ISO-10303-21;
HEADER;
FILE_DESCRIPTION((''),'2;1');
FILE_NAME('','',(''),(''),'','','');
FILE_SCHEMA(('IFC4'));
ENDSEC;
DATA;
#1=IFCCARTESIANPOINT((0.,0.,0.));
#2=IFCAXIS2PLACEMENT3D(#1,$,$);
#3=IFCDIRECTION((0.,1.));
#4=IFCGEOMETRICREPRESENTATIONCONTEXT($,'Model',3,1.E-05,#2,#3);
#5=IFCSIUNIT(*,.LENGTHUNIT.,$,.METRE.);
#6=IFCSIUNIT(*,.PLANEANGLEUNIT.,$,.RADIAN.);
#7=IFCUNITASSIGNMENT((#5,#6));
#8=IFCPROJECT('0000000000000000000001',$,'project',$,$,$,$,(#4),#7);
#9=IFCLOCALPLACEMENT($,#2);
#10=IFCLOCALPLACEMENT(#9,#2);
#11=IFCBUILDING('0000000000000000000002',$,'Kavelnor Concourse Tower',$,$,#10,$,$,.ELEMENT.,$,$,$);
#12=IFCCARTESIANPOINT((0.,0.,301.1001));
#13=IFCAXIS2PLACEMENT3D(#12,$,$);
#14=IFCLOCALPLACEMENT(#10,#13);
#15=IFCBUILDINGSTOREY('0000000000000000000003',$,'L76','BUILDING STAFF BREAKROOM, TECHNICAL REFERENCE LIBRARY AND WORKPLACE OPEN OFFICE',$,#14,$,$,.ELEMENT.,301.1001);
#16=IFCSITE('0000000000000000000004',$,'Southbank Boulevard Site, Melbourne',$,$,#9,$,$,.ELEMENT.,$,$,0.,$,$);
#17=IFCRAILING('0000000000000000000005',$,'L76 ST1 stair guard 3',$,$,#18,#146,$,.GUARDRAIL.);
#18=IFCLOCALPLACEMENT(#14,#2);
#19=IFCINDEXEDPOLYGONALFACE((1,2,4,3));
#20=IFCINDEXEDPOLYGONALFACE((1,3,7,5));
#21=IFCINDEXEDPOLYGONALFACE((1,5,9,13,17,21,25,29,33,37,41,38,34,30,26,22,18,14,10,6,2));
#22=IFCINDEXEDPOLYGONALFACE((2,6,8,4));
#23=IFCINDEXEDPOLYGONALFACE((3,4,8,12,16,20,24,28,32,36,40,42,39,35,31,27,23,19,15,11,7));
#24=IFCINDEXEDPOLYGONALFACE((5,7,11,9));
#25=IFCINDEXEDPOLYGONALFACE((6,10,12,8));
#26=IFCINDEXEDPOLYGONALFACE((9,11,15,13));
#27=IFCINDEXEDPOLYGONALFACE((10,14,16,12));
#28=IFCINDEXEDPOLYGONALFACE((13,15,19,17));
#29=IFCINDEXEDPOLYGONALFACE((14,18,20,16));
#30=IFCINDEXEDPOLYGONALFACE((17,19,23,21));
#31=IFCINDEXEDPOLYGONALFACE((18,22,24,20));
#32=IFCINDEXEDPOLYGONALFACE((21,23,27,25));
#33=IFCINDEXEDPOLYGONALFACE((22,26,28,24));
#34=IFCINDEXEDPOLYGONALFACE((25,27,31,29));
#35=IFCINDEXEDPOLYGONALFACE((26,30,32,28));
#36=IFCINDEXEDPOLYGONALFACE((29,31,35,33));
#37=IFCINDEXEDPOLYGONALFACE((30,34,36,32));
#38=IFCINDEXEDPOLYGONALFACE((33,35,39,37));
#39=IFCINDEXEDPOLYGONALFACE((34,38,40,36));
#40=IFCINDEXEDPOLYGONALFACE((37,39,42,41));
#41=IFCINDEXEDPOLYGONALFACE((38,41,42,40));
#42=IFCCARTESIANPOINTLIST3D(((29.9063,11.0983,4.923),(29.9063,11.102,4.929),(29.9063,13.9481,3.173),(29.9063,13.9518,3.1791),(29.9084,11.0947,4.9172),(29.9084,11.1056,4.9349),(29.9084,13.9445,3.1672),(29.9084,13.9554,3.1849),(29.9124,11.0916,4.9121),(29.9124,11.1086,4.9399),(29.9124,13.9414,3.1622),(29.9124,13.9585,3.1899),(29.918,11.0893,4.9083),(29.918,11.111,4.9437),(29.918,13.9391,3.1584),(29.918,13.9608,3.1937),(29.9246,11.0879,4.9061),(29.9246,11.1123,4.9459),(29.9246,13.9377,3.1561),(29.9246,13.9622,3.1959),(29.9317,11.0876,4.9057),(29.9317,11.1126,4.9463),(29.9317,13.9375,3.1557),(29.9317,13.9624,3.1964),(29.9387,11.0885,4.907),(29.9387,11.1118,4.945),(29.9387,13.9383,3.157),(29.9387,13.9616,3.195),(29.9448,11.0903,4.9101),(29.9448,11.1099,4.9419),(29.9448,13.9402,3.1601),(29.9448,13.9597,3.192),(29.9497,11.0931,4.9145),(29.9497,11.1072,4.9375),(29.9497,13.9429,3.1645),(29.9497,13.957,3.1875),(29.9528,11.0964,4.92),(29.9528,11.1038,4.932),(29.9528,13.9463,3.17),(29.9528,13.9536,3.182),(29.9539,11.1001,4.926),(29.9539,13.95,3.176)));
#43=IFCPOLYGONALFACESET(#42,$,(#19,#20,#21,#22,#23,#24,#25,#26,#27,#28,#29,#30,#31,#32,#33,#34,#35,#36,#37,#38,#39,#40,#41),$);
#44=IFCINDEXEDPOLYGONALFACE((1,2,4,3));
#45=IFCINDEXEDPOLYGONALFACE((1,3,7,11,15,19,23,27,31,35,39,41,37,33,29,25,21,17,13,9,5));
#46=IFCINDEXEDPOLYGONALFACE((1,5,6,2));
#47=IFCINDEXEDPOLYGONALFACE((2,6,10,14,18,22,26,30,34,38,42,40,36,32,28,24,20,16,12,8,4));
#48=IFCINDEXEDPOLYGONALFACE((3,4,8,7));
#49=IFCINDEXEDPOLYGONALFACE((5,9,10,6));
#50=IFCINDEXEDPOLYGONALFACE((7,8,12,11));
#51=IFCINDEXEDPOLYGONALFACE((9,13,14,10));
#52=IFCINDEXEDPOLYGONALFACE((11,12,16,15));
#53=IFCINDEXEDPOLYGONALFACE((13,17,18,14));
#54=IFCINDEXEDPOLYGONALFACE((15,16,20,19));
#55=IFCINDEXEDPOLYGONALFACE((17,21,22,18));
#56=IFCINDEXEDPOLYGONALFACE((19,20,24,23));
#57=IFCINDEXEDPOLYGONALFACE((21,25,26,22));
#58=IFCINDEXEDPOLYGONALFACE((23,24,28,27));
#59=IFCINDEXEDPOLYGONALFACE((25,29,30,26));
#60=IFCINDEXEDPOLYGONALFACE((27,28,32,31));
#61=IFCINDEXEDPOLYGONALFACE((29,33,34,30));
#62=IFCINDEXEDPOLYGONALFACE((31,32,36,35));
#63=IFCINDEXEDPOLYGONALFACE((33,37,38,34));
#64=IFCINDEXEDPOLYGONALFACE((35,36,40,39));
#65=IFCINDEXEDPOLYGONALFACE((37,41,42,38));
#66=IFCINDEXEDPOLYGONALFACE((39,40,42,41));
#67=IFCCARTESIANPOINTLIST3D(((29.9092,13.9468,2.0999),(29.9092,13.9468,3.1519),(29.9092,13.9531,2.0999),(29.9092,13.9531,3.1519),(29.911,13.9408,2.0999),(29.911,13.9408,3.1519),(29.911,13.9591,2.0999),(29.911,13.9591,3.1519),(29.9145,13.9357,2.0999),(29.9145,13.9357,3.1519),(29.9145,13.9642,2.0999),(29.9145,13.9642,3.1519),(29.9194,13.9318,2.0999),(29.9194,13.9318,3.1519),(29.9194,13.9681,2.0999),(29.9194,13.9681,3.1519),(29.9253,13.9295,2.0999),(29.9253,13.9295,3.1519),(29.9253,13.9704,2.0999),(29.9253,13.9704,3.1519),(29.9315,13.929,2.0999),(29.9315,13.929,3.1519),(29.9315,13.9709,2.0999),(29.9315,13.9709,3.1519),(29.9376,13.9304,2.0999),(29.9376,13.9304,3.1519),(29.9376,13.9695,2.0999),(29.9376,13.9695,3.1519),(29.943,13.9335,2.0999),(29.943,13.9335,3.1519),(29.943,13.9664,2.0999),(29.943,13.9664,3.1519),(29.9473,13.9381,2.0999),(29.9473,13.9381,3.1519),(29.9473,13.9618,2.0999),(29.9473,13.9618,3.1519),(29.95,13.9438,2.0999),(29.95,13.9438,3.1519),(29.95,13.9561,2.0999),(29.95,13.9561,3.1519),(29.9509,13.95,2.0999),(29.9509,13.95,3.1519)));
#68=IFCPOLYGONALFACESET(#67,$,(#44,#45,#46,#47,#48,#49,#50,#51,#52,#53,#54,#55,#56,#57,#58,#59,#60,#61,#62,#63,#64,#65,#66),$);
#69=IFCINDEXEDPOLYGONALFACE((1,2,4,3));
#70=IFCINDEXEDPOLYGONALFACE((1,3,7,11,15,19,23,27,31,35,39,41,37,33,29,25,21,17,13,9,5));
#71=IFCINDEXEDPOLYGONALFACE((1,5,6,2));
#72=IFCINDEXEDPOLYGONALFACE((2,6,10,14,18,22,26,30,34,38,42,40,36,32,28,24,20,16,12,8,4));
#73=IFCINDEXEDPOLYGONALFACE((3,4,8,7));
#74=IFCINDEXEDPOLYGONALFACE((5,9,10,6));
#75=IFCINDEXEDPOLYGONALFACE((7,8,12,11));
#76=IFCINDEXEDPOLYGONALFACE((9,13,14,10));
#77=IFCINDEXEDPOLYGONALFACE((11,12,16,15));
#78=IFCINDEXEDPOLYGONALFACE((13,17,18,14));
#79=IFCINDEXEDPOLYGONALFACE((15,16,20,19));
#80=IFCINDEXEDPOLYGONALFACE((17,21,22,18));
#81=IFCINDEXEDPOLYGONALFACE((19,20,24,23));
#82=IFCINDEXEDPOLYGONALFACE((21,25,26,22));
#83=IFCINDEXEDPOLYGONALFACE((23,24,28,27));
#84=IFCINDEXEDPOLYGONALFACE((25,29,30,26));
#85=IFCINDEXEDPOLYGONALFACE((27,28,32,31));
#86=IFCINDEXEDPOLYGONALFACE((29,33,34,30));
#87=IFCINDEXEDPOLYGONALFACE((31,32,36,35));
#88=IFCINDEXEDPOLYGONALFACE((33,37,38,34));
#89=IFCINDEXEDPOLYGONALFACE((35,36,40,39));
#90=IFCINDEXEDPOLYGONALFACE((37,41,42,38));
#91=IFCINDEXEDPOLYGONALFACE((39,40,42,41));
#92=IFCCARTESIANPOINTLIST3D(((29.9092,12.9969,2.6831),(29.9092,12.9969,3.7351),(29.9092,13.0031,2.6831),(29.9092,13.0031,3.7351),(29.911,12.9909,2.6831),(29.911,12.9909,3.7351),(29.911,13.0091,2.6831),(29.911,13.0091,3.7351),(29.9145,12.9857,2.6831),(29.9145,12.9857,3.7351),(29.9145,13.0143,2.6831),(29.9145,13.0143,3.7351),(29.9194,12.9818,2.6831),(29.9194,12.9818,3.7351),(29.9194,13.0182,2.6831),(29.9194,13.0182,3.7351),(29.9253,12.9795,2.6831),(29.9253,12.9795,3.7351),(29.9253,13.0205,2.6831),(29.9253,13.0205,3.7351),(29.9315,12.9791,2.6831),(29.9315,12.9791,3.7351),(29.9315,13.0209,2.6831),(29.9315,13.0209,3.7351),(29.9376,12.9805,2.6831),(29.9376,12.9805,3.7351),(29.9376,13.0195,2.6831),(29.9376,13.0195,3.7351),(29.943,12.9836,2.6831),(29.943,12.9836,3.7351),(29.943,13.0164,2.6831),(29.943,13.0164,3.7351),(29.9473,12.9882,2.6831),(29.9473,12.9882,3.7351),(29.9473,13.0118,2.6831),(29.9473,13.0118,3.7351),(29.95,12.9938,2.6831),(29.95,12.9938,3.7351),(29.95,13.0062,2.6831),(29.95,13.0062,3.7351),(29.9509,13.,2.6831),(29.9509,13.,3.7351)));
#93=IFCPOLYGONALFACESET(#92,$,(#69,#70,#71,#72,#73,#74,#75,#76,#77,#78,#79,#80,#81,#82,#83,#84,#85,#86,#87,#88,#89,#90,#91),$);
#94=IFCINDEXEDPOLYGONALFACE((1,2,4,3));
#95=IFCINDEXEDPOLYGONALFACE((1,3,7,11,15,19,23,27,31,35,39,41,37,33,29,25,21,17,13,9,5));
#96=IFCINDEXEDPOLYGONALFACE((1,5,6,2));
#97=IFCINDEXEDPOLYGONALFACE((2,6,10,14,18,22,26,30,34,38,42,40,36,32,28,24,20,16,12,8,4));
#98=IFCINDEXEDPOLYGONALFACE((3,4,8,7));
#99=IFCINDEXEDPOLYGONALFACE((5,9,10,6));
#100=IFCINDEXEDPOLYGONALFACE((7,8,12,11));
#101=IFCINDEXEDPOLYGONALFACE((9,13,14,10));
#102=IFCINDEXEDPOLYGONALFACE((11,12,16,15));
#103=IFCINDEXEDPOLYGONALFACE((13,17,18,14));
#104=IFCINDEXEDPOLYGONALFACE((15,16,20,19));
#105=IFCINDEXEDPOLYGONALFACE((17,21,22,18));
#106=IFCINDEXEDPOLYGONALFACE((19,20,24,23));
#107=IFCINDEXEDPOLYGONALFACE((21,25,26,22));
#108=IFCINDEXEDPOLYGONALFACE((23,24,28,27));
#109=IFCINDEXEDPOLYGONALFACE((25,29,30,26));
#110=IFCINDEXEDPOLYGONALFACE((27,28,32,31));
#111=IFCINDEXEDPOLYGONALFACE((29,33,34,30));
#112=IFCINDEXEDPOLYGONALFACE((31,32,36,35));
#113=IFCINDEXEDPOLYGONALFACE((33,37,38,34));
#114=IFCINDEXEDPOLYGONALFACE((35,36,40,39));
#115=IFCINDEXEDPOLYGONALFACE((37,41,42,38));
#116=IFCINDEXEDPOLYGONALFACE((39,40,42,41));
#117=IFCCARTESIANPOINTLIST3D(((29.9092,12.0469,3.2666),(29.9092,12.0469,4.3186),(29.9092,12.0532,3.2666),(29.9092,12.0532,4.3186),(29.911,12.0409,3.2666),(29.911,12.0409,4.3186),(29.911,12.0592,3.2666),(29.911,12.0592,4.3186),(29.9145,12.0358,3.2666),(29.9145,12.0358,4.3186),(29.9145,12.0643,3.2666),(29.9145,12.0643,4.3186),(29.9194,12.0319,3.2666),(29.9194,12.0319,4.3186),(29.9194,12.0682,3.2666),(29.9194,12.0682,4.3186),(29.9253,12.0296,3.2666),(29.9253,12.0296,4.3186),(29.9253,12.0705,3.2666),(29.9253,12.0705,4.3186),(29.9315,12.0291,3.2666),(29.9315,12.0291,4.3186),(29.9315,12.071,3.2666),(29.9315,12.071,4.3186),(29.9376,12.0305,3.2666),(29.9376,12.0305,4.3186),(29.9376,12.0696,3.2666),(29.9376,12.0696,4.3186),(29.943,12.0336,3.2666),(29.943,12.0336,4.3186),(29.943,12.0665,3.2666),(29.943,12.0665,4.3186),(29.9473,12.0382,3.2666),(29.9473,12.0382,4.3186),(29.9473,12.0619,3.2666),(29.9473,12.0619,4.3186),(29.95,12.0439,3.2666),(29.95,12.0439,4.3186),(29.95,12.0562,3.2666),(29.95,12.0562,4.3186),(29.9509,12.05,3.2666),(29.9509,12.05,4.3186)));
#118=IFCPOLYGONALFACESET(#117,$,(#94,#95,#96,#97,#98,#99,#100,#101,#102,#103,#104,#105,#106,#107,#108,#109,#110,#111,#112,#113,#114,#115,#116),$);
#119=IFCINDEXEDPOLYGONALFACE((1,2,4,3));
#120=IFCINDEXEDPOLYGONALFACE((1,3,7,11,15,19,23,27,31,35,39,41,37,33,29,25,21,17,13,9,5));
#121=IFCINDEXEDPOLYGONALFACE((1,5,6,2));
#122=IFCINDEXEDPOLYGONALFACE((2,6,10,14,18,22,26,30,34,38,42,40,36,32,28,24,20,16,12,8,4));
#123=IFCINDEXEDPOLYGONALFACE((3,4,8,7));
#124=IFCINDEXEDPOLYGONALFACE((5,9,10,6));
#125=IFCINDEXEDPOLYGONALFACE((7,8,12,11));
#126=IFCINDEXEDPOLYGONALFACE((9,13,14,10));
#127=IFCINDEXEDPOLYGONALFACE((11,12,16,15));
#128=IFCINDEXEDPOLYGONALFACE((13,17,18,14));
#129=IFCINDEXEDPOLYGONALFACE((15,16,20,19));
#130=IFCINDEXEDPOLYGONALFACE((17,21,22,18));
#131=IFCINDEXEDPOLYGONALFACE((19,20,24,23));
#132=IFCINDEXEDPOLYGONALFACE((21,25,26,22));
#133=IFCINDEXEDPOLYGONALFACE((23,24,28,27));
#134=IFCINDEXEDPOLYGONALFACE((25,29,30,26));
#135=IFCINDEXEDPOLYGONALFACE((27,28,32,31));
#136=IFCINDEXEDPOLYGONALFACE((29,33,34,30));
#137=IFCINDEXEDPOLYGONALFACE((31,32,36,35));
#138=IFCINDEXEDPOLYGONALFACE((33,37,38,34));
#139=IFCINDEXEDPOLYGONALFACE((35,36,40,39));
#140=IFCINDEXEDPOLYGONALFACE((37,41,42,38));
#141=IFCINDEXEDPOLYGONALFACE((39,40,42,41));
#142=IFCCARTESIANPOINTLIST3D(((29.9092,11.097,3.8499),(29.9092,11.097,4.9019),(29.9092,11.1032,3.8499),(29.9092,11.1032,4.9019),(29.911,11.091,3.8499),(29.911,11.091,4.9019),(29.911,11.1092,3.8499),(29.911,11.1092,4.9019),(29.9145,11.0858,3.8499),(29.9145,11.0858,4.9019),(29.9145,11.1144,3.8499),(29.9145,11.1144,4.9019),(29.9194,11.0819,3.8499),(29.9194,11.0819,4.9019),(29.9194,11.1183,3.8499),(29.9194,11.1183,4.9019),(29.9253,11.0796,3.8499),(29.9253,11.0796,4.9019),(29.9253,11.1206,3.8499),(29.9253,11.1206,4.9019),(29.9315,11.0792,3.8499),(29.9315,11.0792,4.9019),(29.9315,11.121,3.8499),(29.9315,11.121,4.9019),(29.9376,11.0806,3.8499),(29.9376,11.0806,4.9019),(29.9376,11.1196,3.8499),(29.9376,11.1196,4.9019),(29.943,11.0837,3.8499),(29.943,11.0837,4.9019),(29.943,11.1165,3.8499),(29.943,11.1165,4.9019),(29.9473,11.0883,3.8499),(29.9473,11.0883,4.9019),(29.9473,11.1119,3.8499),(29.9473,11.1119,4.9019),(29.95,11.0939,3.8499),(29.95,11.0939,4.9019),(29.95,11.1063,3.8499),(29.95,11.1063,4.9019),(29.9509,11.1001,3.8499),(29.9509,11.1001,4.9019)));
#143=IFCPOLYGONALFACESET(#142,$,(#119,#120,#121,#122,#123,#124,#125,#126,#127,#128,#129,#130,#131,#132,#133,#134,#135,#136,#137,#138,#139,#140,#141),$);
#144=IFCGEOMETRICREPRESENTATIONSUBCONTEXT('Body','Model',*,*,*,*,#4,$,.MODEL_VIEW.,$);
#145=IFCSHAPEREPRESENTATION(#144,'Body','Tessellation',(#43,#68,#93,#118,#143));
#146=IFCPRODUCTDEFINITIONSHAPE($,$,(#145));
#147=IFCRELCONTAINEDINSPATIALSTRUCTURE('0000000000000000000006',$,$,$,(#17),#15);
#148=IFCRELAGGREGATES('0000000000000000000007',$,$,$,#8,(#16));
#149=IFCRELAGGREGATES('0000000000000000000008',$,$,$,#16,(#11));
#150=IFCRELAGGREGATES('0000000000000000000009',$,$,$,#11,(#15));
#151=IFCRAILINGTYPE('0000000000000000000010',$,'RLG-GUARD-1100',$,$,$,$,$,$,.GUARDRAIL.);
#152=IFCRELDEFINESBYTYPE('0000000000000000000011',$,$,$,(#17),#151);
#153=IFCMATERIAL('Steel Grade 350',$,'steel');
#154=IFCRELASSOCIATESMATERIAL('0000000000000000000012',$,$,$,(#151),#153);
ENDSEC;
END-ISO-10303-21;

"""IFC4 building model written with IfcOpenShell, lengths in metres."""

from ifc_helpers import new_model, si_unit, direction, frame, origin, origin_2d, place, context, subcontext, project, spatial, circle, extrude, material, type_object, element, save


model = new_model("IFC4")

# Units and contexts
model_context = context("Model", 3, precision=1e-05, world=origin(), true_north=direction((0.0, 1.0)))
body_context = subcontext(model_context, "Body", "Model", "MODEL_VIEW")
ifc_project = project(units=[si_unit("LENGTHUNIT", "METRE"), si_unit("PLANEANGLEUNIT", "RADIAN")], contexts=[model_context])

# Site, building, storey
site_placement = place(None, origin())
site = spatial("IfcSite", under=ifc_project, at=site_placement, Name="Southbank Boulevard Site, Melbourne", CompositionType="ELEMENT", RefElevation=0.0)
building_placement = place(site_placement, origin())
building = spatial("IfcBuilding", under=site, at=building_placement, Name="Kavelnor Concourse Tower", CompositionType="ELEMENT")
storey_placement = place(building_placement, frame((0.0, 0.0, 301.1001)))
storey = spatial("IfcBuildingStorey", under=building, at=storey_placement, Name="L76", Description="BUILDING STAFF BREAKROOM, TECHNICAL REFERENCE LIBRARY AND WORKPLACE OPEN OFFICE", CompositionType="ELEMENT", Elevation=301.1001)

# Shared definitions
ifc_material_1 = material(Name="Steel Grade 350", Category="steel")

# Railing
railing_type_1 = type_object("IfcRailingType", Name="RLG-GUARD-1100", PredefinedType="GUARDRAIL", material=ifc_material_1)
railing_1_placement = place(storey_placement, frame((29.9299, 13.95, 2.0999)))
element("IfcRailing", 1, at=railing_1_placement, inside=storey, type_object=railing_type_1, Name="L76 ST1 stair guard 3", PredefinedType="GUARDRAIL", context=body_context, shape_type="SweptSolid", body=[
    extrude(circle(Radius=0.0239, at=origin_2d()), frame((0.0, 0.0, 1.0762), z_axis=(0.0, -0.852159, 0.523283), x_axis=(1.0, 0.0, 0.0)), (0.0, 0.0, 1.0), 3.3442),
    extrude(circle(Radius=0.021, at=origin_2d()), origin(), (0.0, 0.0, 1.0), 1.052),
    extrude(circle(Radius=0.021, at=origin_2d()), frame((0.0, -0.95, 0.5833)), (0.0, 0.0, 1.0), 1.052),
    extrude(circle(Radius=0.021, at=origin_2d()), frame((0.0, -1.8999, 1.1667)), (0.0, 0.0, 1.0), 1.052),
    extrude(circle(Radius=0.021, at=origin_2d()), frame((0.0, -2.8499, 1.75)), (0.0, 0.0, 1.0), 1.052),
])

save(model, "model.ifc")
